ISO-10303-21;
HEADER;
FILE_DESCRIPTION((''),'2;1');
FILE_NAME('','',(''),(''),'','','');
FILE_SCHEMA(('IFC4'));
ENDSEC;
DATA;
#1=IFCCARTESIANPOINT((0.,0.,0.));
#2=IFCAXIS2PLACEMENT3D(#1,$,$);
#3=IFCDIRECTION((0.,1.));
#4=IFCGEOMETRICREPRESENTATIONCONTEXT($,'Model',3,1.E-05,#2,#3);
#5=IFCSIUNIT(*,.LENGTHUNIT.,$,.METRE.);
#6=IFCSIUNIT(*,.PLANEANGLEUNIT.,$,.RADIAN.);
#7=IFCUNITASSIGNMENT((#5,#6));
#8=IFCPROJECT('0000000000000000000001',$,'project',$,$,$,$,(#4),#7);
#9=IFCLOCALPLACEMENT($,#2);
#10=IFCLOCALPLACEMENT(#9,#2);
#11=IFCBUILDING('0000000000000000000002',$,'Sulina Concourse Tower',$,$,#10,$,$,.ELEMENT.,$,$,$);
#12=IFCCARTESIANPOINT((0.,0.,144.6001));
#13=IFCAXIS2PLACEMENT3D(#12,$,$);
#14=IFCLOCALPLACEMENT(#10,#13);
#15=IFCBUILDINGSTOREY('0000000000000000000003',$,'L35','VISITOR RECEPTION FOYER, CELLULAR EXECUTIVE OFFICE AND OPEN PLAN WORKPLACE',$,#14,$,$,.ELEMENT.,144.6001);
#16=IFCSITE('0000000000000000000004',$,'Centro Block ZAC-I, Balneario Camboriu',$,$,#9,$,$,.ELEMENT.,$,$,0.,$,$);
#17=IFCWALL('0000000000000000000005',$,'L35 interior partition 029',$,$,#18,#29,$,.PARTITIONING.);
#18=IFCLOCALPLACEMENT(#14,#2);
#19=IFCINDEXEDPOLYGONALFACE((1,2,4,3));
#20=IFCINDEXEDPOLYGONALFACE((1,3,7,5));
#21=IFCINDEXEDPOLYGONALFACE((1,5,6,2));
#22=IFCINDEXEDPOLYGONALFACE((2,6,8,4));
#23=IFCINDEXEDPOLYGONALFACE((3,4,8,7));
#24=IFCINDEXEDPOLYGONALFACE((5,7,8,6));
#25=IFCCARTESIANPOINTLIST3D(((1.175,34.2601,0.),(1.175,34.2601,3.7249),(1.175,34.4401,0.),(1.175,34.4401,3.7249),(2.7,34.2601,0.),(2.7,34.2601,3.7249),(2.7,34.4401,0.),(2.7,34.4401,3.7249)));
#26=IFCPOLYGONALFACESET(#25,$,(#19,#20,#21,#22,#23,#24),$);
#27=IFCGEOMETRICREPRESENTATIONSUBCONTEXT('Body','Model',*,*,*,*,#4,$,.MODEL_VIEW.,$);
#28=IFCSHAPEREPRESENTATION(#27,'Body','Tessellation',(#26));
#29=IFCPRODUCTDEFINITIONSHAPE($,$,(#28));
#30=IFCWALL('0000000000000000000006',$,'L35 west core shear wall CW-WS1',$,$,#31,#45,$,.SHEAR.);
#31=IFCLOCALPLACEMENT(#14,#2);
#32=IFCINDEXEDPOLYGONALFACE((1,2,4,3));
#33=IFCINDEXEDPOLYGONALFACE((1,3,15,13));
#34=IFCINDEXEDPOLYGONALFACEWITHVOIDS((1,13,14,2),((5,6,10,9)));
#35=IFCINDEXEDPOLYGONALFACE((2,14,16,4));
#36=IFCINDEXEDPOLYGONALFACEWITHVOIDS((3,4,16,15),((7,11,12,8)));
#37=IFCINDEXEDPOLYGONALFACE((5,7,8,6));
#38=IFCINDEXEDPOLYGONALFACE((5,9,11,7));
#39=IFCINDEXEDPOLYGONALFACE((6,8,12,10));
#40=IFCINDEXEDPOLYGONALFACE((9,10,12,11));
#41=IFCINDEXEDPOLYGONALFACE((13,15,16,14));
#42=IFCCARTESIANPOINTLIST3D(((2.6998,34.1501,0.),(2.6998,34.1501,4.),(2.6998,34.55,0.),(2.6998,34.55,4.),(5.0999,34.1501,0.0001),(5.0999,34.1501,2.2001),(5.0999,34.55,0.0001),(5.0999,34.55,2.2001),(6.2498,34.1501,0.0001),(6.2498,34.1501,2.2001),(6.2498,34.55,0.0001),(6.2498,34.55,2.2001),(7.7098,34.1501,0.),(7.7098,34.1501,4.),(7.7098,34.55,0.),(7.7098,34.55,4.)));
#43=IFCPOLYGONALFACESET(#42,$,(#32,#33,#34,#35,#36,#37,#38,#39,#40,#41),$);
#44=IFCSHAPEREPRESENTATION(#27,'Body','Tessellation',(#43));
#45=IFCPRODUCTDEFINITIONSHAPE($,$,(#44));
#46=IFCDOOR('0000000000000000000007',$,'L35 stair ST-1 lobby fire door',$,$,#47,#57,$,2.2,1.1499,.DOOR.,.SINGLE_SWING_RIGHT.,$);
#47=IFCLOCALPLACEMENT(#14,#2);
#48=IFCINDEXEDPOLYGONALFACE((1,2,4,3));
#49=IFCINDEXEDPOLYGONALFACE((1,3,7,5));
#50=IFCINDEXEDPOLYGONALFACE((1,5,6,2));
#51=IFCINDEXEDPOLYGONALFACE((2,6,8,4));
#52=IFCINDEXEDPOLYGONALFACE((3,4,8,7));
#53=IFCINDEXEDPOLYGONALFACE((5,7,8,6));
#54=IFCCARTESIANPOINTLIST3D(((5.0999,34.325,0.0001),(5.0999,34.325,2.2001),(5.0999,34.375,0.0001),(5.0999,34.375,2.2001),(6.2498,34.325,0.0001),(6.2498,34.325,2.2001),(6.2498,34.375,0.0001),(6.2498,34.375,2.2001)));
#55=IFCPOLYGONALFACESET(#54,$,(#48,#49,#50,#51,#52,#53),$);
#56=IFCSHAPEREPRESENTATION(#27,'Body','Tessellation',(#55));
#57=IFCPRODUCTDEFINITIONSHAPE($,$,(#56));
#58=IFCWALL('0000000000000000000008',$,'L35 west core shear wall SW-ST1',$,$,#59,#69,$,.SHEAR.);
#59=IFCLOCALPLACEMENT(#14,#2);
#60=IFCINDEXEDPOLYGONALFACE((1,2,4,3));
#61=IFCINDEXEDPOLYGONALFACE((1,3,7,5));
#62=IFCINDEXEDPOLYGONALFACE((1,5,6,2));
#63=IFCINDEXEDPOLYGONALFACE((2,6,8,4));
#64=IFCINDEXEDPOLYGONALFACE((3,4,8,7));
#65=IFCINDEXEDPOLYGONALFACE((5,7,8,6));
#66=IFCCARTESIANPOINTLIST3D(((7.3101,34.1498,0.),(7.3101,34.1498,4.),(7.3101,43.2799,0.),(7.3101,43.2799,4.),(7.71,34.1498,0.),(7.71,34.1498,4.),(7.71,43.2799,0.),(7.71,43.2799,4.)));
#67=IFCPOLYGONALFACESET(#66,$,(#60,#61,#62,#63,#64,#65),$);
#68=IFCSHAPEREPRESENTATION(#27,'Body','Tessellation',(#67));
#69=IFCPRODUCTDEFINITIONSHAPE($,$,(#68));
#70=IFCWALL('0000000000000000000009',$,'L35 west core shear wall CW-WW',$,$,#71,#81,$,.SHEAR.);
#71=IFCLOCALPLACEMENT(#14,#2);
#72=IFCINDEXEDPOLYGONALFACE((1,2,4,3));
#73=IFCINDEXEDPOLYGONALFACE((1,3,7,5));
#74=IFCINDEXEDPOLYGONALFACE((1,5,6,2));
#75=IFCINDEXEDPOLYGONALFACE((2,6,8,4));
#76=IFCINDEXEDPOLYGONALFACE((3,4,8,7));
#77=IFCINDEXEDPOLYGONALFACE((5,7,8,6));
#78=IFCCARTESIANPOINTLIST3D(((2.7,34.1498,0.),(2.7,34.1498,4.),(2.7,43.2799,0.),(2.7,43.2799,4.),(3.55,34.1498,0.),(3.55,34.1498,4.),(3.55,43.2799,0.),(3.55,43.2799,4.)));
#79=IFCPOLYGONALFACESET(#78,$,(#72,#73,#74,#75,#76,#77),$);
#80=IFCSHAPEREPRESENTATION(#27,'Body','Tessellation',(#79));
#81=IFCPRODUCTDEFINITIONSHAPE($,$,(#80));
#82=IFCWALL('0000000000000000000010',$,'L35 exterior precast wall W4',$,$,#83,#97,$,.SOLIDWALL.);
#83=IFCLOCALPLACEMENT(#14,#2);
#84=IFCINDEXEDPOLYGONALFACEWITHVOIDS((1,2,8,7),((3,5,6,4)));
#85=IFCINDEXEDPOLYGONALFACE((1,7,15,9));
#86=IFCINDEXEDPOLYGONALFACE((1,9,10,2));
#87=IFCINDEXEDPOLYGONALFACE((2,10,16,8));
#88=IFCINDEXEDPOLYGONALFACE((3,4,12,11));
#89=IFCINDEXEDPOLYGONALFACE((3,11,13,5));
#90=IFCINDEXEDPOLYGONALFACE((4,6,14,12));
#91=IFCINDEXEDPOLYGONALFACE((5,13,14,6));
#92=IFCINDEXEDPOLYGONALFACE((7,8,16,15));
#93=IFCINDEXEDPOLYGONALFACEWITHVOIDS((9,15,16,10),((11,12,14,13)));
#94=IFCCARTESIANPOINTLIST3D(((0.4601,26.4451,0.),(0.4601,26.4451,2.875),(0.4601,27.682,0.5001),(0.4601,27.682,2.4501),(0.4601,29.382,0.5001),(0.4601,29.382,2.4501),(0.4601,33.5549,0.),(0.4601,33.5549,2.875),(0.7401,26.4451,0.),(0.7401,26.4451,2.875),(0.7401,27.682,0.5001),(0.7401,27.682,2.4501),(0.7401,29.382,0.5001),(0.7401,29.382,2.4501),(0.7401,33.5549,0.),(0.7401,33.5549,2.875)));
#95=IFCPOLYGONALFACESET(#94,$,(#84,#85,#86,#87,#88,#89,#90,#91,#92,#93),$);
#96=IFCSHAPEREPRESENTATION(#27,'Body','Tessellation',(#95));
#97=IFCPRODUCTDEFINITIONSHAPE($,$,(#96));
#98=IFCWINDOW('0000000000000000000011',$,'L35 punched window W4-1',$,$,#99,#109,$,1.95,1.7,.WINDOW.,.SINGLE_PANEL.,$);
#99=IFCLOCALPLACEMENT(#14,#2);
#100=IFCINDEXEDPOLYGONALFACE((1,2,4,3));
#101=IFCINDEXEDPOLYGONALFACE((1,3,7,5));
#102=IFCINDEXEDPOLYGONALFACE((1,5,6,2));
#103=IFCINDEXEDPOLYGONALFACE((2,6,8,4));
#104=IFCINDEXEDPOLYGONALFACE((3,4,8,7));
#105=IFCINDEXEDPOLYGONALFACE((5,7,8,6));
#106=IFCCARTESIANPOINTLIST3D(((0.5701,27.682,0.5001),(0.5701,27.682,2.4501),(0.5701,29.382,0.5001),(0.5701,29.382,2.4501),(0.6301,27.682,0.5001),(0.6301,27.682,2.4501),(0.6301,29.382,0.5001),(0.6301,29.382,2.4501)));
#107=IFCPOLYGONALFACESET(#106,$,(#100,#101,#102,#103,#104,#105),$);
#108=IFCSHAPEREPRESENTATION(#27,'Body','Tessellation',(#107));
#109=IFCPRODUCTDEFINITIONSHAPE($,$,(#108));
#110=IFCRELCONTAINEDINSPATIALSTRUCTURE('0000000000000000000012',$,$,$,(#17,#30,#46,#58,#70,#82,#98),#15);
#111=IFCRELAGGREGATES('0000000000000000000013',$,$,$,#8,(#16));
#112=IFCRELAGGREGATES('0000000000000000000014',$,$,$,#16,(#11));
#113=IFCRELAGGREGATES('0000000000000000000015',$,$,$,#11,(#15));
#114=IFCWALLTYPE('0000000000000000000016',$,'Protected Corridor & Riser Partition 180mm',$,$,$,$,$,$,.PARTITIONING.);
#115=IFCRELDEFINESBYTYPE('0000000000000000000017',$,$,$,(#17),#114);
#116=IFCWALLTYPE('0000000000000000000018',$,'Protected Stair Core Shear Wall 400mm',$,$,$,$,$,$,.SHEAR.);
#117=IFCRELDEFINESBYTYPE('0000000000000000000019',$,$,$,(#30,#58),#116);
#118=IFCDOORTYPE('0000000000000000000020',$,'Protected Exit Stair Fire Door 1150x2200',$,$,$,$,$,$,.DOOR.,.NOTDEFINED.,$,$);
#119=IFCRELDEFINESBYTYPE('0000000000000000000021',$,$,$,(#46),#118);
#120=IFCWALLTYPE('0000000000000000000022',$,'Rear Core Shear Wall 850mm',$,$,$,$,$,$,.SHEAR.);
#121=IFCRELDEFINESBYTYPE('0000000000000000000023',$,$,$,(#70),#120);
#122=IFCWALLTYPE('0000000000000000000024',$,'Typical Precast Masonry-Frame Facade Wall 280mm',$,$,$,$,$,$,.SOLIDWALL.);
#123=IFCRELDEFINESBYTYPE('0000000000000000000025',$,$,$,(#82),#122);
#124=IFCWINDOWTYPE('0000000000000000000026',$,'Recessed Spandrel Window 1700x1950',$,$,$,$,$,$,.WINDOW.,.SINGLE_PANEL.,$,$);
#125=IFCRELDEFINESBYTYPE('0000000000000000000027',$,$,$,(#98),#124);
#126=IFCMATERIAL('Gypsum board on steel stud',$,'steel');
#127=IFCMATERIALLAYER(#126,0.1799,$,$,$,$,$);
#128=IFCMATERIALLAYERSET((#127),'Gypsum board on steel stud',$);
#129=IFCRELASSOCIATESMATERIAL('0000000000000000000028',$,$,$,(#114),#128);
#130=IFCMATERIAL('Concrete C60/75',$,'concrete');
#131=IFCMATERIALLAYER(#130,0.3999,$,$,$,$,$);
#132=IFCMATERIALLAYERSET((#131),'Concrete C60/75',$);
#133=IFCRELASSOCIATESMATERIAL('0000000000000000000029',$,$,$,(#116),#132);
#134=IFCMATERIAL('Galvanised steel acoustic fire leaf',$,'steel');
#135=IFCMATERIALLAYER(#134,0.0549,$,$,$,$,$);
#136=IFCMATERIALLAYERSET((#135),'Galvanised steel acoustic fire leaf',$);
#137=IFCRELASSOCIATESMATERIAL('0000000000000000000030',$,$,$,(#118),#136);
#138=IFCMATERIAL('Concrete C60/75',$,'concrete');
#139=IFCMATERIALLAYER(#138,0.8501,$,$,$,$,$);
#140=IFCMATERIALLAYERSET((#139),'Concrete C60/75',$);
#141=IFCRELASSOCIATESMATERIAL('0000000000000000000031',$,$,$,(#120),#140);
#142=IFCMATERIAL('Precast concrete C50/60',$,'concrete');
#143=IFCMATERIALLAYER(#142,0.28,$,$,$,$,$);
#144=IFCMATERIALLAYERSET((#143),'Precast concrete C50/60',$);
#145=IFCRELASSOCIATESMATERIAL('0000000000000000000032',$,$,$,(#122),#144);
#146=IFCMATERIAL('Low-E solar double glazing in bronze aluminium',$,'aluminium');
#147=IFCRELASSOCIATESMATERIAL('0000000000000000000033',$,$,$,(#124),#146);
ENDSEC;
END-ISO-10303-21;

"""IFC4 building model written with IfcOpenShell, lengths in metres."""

from ifc_helpers import new_model, si_unit, direction, frame, frame_2d, origin, place, context, subcontext, project, spatial, rectangle, extrude, material, layer, layer_set, type_object, element, fill, save


model = new_model("IFC4")

# Units and contexts
model_context = context("Model", 3, precision=1e-05, world=origin(), true_north=direction((0.0, 1.0)))
body_context = subcontext(model_context, "Body", "Model", "MODEL_VIEW")
ifc_project = project(units=[si_unit("LENGTHUNIT", "METRE"), si_unit("PLANEANGLEUNIT", "RADIAN")], contexts=[model_context])

# Site, building, storey
site_placement = place(None, origin())
site = spatial("IfcSite", under=ifc_project, at=site_placement, Name="Centro Block ZAC-I, Balneario Camboriu", CompositionType="ELEMENT", RefElevation=0.0)
building_placement = place(site_placement, origin())
building = spatial("IfcBuilding", under=site, at=building_placement, Name="Sulina Concourse Tower", CompositionType="ELEMENT")
storey_placement = place(building_placement, frame((0.0, 0.0, 144.6001)))
storey = spatial("IfcBuildingStorey", under=building, at=storey_placement, Name="L35", Description="VISITOR RECEPTION FOYER, CELLULAR EXECUTIVE OFFICE AND OPEN PLAN WORKPLACE", CompositionType="ELEMENT", Elevation=144.6001)

# Wall
ifc_material_1 = material(Name="Gypsum board on steel stud", Category="steel")
ifc_layer_1 = layer(ifc_material_1, 0.1799)
ifc_layer_set_1 = layer_set([ifc_layer_1], Name="Gypsum board on steel stud")
wall_type_1 = type_object("IfcWallType", Name="Protected Corridor & Riser Partition 180mm", PredefinedType="PARTITIONING", material=ifc_layer_set_1)
wall_1_placement = place(storey_placement, frame((1.175, 34.3501, 0.0), z_axis=(0.0, 0.0, 1.0), x_axis=(1.0, 0.0, 0.0)))
element("IfcWall", 1, at=wall_1_placement, inside=storey, type_object=wall_type_1, Name="L35 interior partition 029", PredefinedType="PARTITIONING", context=body_context, shape_type="SweptSolid", body=[
    extrude(rectangle(XDim=1.5249, YDim=0.1799, at=frame_2d((0.7625, 0.0))), origin(), (0.0, 0.0, 1.0), 3.7249),
])

# Wall, opening, door
ifc_material_2 = material(Name="Concrete C60/75", Category="concrete")
ifc_layer_2 = layer(ifc_material_2, 0.3999)
ifc_layer_set_2 = layer_set([ifc_layer_2], Name="Concrete C60/75")
wall_type_2 = type_object("IfcWallType", Name="Protected Stair Core Shear Wall 400mm", PredefinedType="SHEAR", material=ifc_layer_set_2)
wall_2_placement = place(storey_placement, frame((2.7, 34.3501, 0.0), z_axis=(0.0, 0.0, 1.0), x_axis=(1.0, 0.0, 0.0)))
wall_2 = element("IfcWall", 2, at=wall_2_placement, inside=storey, type_object=wall_type_2, Name="L35 west core shear wall CW-WS1", PredefinedType="SHEAR", context=body_context, shape_type="SweptSolid", body=[
    extrude(rectangle(XDim=5.01, YDim=0.3999, at=frame_2d((2.5049, 0.0))), origin(), (0.0, 0.0, 1.0), 4.0),
])
opening_1_placement = place(wall_2_placement, frame((2.3999, 0.0, 0.0)))
opening_1 = element("IfcOpeningElement", 3, at=opening_1_placement, cuts=wall_2, PredefinedType="OPENING", context=body_context, shape_type="SweptSolid", body=[
    extrude(rectangle(XDim=1.1499, YDim=2.2, at=frame_2d((0.575, 1.1001))), frame((0.0, 0.21, 0.0), z_axis=(0.0, -1.0, 0.0), x_axis=(1.0, 0.0, 0.0)), (0.0, 0.0, 1.0), 0.4199),
])
ifc_material_3 = material(Name="Galvanised steel acoustic fire leaf", Category="steel")
ifc_layer_3 = layer(ifc_material_3, 0.0549)
ifc_layer_set_3 = layer_set([ifc_layer_3], Name="Galvanised steel acoustic fire leaf")
door_type = type_object("IfcDoorType", Name="Protected Exit Stair Fire Door 1150x2200", OperationType="NOTDEFINED", PredefinedType="DOOR", material=ifc_layer_set_3)
door_placement = place(opening_1_placement, origin())
door = element("IfcDoor", 4, at=door_placement, inside=storey, type_object=door_type, Name="L35 stair ST-1 lobby fire door", OperationType="SINGLE_SWING_RIGHT", OverallHeight=2.2, OverallWidth=1.1499, PredefinedType="DOOR", context=body_context, shape_type="SweptSolid", body=[
    extrude(rectangle(XDim=1.1499, YDim=2.2, at=frame_2d((0.575, 1.1001))), frame((0.0, 0.0249, 0.0), z_axis=(0.0, -1.0, 0.0), x_axis=(1.0, 0.0, 0.0)), (0.0, 0.0, 1.0), 0.05),
])
fill(opening_1, door)

# Walls
wall_3_placement = place(storey_placement, frame((7.51, 34.1499, 0.0), z_axis=(0.0, 0.0, 1.0), x_axis=(0.0, 1.0, 0.0)))
element("IfcWall", 5, at=wall_3_placement, inside=storey, type_object=wall_type_2, Name="L35 west core shear wall SW-ST1", PredefinedType="SHEAR", context=body_context, shape_type="SweptSolid", body=[
    extrude(rectangle(XDim=9.1301, YDim=0.3999, at=frame_2d((4.5649, 0.0))), origin(), (0.0, 0.0, 1.0), 4.0),
])
ifc_material_4 = material(Name="Concrete C60/75", Category="concrete")
ifc_layer_4 = layer(ifc_material_4, 0.8501)
ifc_layer_set_4 = layer_set([ifc_layer_4], Name="Concrete C60/75")
wall_type_3 = type_object("IfcWallType", Name="Rear Core Shear Wall 850mm", PredefinedType="SHEAR", material=ifc_layer_set_4)
wall_4_placement = place(storey_placement, frame((3.125, 34.1499, 0.0), z_axis=(0.0, 0.0, 1.0), x_axis=(0.0, 1.0, 0.0)))
element("IfcWall", 6, at=wall_4_placement, inside=storey, type_object=wall_type_3, Name="L35 west core shear wall CW-WW", PredefinedType="SHEAR", context=body_context, shape_type="SweptSolid", body=[
    extrude(rectangle(XDim=9.1301, YDim=0.8501, at=frame_2d((4.5649, 0.0))), origin(), (0.0, 0.0, 1.0), 4.0),
])

# Wall, opening, window
ifc_material_5 = material(Name="Precast concrete C50/60", Category="concrete")
ifc_layer_5 = layer(ifc_material_5, 0.28)
ifc_layer_set_5 = layer_set([ifc_layer_5], Name="Precast concrete C50/60")
wall_type_4 = type_object("IfcWallType", Name="Typical Precast Masonry-Frame Facade Wall 280mm", PredefinedType="SOLIDWALL", material=ifc_layer_set_5)
wall_5_placement = place(storey_placement, frame((0.6001, 26.4451, 0.0), z_axis=(0.0, 0.0, 1.0), x_axis=(0.0, 1.0, 0.0)))
wall_5 = element("IfcWall", 7, at=wall_5_placement, inside=storey, type_object=wall_type_4, Name="L35 exterior precast wall W4", PredefinedType="SOLIDWALL", context=body_context, shape_type="SweptSolid", body=[
    extrude(rectangle(XDim=7.1099, YDim=0.28, at=frame_2d((3.5549, 0.0))), origin(), (0.0, 0.0, 1.0), 2.875),
])
opening_2_placement = place(wall_5_placement, frame((1.2368, 0.0, 0.5)))
opening_2 = element("IfcOpeningElement", 8, at=opening_2_placement, cuts=wall_5, PredefinedType="OPENING", context=body_context, shape_type="SweptSolid", body=[
    extrude(rectangle(XDim=1.7, YDim=1.95, at=frame_2d((0.8501, 0.9751))), frame((0.0, 0.1499, 0.0), z_axis=(0.0, -1.0, 0.0), x_axis=(1.0, 0.0, 0.0)), (0.0, 0.0, 1.0), 0.3),
])
ifc_material_6 = material(Name="Low-E solar double glazing in bronze aluminium", Category="aluminium")
window_type = type_object("IfcWindowType", Name="Recessed Spandrel Window 1700x1950", PartitioningType="SINGLE_PANEL", PredefinedType="WINDOW", material=ifc_material_6)
window_placement = place(opening_2_placement, origin())
window = element("IfcWindow", 9, at=window_placement, inside=storey, type_object=window_type, Name="L35 punched window W4-1", OverallHeight=1.95, OverallWidth=1.7, PartitioningType="SINGLE_PANEL", PredefinedType="WINDOW", context=body_context, shape_type="SweptSolid", body=[
    extrude(rectangle(XDim=1.7, YDim=1.95, at=frame_2d((0.8501, 0.9751))), frame((0.0, 0.03, 0.0), z_axis=(0.0, -1.0, 0.0), x_axis=(1.0, 0.0, 0.0)), (0.0, 0.0, 1.0), 0.0601),
])
fill(opening_2, window)

save(model, "model.ifc")
